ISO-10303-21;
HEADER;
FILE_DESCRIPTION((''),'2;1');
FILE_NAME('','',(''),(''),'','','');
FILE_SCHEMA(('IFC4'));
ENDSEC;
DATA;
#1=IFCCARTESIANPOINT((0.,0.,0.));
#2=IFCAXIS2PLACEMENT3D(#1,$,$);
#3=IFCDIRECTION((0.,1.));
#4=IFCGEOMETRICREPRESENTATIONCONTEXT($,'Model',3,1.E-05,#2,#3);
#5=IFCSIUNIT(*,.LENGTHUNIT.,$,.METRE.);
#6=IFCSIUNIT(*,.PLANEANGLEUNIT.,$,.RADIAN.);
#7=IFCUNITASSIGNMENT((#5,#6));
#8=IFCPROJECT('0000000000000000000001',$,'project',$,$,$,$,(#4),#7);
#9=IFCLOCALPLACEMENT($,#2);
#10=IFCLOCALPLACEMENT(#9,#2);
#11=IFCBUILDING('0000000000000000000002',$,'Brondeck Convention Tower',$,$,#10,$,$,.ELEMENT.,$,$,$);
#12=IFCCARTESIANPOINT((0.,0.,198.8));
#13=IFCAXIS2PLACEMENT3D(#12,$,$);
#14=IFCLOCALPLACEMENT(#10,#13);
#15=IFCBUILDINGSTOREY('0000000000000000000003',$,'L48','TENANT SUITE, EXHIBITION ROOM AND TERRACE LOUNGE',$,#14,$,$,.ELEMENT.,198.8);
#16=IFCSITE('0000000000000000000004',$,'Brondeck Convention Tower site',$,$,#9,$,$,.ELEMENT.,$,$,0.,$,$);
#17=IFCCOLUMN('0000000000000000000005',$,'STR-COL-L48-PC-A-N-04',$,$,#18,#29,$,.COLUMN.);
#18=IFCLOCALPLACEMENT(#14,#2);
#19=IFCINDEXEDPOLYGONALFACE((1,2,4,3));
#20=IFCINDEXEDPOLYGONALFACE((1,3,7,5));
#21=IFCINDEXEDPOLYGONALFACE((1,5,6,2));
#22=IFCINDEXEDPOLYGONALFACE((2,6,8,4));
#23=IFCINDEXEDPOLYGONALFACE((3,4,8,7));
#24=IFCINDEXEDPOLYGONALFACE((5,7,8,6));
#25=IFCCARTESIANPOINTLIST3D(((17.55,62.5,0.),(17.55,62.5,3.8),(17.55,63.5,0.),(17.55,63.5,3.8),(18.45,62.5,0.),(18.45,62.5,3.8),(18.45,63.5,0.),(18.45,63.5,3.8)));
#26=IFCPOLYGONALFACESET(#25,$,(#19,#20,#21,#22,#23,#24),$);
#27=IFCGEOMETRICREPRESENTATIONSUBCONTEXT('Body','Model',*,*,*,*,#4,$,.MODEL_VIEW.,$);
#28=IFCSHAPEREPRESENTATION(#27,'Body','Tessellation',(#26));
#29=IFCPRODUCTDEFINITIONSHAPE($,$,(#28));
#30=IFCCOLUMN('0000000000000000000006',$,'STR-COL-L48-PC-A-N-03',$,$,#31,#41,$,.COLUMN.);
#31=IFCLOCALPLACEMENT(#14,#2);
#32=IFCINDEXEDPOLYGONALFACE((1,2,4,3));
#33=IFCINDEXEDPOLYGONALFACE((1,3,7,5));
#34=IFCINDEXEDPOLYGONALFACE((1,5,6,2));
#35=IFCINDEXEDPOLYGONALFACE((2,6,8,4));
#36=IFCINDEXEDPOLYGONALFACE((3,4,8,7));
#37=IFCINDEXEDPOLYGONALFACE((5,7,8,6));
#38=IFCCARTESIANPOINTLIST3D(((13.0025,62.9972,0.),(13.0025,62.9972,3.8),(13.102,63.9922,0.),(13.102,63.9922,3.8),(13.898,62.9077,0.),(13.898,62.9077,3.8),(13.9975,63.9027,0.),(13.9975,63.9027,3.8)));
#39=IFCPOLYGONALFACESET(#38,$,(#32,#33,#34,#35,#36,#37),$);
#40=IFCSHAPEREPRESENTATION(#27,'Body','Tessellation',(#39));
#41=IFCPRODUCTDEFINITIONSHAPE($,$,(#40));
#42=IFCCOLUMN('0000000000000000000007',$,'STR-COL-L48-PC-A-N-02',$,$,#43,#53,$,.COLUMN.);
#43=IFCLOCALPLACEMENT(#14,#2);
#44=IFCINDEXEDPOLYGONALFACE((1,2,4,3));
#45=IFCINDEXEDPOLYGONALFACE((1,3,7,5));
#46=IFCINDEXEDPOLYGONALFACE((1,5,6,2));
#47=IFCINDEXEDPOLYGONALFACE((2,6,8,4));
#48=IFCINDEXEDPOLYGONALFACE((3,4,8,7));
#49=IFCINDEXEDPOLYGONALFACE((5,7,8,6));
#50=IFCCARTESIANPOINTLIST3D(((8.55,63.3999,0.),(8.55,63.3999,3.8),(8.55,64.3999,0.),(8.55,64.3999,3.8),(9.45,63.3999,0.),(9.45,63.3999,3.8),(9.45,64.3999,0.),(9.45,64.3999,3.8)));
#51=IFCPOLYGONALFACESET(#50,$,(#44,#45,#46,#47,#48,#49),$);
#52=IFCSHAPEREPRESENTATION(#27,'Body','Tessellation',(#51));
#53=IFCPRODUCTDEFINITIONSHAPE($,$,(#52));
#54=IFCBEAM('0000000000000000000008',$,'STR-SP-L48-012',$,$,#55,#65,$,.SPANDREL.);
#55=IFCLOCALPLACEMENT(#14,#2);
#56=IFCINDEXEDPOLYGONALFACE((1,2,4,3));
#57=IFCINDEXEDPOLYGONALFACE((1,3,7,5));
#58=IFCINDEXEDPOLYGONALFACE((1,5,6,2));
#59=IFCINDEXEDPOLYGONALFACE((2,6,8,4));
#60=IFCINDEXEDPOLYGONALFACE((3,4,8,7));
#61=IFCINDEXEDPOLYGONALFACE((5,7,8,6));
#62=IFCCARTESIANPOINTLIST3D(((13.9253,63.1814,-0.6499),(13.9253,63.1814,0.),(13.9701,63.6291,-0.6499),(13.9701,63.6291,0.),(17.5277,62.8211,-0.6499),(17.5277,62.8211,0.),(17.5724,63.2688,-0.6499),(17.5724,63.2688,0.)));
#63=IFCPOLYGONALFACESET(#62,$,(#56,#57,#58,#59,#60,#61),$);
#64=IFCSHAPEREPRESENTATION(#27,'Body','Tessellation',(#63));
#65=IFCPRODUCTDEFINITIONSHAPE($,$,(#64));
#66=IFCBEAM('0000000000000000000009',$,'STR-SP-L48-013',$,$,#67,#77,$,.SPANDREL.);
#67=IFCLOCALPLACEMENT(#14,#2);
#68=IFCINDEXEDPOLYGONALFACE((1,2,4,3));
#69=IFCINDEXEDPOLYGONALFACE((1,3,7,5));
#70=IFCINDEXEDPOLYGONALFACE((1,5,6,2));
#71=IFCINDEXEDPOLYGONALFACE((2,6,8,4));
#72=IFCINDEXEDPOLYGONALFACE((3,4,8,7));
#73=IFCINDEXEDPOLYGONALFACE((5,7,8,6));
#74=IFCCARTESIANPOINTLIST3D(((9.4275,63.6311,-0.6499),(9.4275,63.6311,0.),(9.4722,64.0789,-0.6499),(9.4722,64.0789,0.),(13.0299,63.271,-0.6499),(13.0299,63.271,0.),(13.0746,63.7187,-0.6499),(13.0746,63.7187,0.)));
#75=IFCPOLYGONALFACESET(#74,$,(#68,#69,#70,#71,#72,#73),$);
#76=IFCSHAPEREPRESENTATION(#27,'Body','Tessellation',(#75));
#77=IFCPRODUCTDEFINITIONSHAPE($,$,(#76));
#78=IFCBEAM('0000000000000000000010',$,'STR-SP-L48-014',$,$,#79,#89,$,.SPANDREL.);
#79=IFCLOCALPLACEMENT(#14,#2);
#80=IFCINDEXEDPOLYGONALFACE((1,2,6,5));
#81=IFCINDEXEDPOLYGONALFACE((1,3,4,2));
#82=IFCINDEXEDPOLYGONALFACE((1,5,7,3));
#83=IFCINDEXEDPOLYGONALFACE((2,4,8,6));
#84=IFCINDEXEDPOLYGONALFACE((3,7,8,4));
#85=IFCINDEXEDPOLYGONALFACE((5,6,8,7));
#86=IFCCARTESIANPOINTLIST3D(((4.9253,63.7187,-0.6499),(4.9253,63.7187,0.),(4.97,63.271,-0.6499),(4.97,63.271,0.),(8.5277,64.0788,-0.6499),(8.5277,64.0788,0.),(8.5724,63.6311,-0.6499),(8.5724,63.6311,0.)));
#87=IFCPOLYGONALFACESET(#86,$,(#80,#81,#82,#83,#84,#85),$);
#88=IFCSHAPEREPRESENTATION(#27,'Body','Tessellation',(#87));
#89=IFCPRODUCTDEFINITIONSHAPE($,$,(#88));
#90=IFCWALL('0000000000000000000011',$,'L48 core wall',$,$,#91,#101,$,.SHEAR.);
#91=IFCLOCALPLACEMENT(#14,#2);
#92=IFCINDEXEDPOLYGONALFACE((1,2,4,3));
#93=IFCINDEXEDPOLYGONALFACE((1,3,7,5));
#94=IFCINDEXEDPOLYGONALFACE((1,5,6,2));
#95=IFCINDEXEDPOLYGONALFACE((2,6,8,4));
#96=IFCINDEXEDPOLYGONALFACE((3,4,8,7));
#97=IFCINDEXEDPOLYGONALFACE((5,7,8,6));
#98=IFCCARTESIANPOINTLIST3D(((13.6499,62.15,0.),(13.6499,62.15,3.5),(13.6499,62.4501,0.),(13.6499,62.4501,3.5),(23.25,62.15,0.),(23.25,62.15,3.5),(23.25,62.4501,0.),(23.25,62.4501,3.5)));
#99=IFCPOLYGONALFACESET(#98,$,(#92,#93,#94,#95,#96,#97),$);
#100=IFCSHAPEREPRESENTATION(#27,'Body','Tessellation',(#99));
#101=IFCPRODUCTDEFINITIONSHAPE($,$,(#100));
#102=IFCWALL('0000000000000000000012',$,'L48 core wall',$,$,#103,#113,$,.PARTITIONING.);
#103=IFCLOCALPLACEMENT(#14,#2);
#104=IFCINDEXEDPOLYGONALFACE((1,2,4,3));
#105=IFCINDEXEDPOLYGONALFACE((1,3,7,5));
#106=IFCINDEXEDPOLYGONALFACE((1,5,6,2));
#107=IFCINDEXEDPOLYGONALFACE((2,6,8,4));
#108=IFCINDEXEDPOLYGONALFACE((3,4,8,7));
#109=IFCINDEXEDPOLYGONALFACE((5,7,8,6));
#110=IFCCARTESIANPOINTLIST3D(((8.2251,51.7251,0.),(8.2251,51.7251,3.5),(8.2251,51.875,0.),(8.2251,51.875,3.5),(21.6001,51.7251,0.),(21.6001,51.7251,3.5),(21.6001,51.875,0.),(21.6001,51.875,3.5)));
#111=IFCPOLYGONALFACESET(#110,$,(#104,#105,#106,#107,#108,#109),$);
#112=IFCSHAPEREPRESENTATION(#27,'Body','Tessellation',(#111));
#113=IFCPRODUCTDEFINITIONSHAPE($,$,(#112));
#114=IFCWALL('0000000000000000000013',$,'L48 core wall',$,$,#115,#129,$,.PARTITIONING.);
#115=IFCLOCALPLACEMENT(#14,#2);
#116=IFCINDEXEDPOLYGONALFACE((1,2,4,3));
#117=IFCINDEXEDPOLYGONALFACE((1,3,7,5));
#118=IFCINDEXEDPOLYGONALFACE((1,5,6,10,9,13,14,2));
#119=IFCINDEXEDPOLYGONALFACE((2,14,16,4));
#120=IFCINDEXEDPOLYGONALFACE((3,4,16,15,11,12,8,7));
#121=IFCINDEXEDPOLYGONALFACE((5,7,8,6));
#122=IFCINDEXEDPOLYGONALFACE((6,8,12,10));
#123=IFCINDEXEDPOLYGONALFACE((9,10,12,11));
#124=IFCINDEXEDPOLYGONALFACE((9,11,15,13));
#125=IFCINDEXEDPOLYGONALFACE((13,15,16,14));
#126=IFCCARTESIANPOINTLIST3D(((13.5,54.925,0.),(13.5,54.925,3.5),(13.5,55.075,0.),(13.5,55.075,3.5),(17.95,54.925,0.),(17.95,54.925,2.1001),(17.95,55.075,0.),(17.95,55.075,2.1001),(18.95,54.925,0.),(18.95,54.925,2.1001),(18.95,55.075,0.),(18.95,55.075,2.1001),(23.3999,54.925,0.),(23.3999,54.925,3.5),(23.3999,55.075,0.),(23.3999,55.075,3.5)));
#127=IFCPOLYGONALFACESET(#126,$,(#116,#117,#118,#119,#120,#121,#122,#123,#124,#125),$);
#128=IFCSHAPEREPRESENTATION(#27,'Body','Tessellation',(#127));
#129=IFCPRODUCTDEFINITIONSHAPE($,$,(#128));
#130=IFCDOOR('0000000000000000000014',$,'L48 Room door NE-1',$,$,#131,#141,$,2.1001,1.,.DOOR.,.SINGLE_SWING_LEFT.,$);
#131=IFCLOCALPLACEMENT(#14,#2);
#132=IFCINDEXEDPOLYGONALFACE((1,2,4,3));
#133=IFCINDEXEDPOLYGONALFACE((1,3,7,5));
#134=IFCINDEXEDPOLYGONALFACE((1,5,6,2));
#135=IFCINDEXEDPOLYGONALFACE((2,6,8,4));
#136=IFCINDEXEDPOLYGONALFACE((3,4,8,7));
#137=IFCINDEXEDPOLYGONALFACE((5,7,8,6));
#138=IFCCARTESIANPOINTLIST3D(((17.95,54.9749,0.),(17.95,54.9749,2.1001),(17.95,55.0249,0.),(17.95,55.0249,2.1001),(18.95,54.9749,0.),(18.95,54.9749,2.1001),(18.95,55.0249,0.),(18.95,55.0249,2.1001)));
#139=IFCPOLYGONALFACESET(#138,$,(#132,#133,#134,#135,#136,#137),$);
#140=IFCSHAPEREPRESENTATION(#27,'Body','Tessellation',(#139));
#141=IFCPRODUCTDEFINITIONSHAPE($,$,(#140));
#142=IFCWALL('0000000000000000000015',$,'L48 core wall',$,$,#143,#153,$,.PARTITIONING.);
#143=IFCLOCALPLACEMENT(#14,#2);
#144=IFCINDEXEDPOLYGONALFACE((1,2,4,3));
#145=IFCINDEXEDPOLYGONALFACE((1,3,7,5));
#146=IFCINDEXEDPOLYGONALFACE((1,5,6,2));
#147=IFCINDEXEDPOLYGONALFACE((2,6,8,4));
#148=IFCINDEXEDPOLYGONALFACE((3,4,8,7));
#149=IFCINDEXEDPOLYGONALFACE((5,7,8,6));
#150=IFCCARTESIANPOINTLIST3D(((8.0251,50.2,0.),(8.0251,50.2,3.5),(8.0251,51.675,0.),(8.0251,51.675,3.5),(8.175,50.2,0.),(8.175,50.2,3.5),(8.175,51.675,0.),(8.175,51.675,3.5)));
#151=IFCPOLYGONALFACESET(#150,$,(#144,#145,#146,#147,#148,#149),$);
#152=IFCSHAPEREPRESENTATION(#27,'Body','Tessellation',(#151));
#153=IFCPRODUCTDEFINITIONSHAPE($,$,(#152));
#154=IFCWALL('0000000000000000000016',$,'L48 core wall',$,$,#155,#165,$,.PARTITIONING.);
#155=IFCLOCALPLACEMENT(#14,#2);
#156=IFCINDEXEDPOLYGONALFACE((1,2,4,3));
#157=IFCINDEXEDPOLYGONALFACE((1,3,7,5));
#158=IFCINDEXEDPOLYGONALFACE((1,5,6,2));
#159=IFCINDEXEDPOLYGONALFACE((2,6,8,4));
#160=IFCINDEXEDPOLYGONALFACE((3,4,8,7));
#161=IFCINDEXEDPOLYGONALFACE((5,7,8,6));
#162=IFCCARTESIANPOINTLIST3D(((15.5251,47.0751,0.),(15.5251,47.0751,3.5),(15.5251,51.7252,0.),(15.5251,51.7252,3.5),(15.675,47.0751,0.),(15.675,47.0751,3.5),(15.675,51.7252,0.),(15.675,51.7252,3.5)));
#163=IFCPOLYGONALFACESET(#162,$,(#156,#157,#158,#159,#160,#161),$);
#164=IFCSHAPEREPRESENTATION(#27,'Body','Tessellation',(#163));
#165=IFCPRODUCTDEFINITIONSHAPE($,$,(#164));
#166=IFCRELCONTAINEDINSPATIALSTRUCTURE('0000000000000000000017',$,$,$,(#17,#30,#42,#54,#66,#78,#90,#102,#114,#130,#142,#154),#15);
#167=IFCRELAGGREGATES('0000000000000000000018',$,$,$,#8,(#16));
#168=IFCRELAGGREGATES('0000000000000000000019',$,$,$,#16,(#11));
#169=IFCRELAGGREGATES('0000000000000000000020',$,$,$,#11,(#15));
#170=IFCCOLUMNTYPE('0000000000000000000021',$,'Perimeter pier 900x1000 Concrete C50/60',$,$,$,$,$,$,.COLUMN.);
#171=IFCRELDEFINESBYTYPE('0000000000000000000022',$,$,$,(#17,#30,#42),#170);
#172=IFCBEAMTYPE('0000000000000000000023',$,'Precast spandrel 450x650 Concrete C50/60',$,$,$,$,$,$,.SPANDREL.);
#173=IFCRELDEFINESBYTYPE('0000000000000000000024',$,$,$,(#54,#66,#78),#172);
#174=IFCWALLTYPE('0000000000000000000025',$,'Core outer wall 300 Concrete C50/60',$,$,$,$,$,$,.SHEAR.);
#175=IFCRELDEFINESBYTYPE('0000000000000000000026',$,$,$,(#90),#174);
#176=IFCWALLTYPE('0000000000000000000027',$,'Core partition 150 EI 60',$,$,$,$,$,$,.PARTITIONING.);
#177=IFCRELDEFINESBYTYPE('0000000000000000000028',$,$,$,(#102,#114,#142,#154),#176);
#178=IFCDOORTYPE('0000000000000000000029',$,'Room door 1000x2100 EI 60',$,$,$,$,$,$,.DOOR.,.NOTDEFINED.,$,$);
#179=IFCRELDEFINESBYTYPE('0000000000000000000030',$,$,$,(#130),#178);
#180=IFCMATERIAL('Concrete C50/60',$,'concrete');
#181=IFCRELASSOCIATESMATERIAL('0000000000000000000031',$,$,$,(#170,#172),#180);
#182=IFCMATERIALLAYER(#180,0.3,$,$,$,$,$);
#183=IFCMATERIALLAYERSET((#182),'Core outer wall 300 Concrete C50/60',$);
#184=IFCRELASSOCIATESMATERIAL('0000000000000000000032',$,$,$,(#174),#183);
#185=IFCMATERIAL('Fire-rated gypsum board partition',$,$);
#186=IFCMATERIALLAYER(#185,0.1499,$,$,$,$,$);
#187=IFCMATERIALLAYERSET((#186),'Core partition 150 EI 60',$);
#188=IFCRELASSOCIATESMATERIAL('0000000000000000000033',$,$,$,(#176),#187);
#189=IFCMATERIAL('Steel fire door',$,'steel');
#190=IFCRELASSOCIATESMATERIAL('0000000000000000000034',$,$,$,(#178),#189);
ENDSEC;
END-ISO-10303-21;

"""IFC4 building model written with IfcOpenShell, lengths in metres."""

from ifc_helpers import new_model, si_unit, direction, frame, frame_2d, origin, origin_2d, place, context, subcontext, project, spatial, rectangle, extrude, material, layer, layer_set, material_profile, profile_set, type_object, element, fill, save


model = new_model("IFC4")

# Units and contexts
model_context = context("Model", 3, precision=1e-05, world=origin(), true_north=direction((0.0, 1.0)))
body_context = subcontext(model_context, "Body", "Model", "MODEL_VIEW")
ifc_project = project(units=[si_unit("LENGTHUNIT", "METRE"), si_unit("PLANEANGLEUNIT", "RADIAN")], contexts=[model_context])

# Site, building, storey
site_placement = place(None, origin())
site = spatial("IfcSite", under=ifc_project, at=site_placement, Name="Brondeck Convention Tower site", CompositionType="ELEMENT", RefElevation=0.0)
building_placement = place(site_placement, origin())
building = spatial("IfcBuilding", under=site, at=building_placement, Name="Brondeck Convention Tower", CompositionType="ELEMENT")
storey_placement = place(building_placement, frame((0.0, 0.0, 198.8)))
storey = spatial("IfcBuildingStorey", under=building, at=storey_placement, Name="L48", Description="TENANT SUITE, EXHIBITION ROOM AND TERRACE LOUNGE", CompositionType="ELEMENT", Elevation=198.8)

# Columns
ifc_material_1 = material(Name="Concrete C50/60", Category="concrete")
ifc_material_profile_1 = material_profile(ifc_material_1, rectangle(XDim=0.8999, YDim=1.0, at=origin_2d()), Name="Perimeter pier 900x1000 Concrete C50/60")
ifc_profile_set_1 = profile_set([ifc_material_profile_1], Name="Concrete C50/60")
column_type = type_object("IfcColumnType", Name="Perimeter pier 900x1000 Concrete C50/60", PredefinedType="COLUMN", material=ifc_profile_set_1)
for number, where, z_axis, x_axis, name in (
    (1, (18.0, 63.0, 0.0), (0.0, 0.0, 1.0), (-1.0, 0.0, 0.0), "STR-COL-L48-PC-A-N-04"),
    (2, (13.5, 63.45, 0.0), (0.0, 0.0, 1.0), (-0.995037, 0.099504, 0.0), "STR-COL-L48-PC-A-N-03"),
    (3, (9.0, 63.8999, 0.0), (0.0, 0.0, 1.0), (-1.0, 0.0, 0.0), "STR-COL-L48-PC-A-N-02"),
):
    element("IfcColumn", number, at=place(storey_placement, frame(where, z_axis=z_axis, x_axis=x_axis)), inside=storey, type_object=column_type, Name=name, PredefinedType="COLUMN", context=body_context, shape_type="SweptSolid", body=[
        extrude(rectangle(XDim=0.8999, YDim=1.0, at=origin_2d()), origin(), (0.0, 0.0, 1.0), 3.8),
    ])

# Beams
ifc_material_profile_2 = material_profile(ifc_material_1, rectangle(XDim=0.45, YDim=0.6499, at=origin_2d()), Name="Precast spandrel 450x650 Concrete C50/60")
ifc_profile_set_2 = profile_set([ifc_material_profile_2], Name="Concrete C50/60")
beam_type = type_object("IfcBeamType", Name="Precast spandrel 450x650 Concrete C50/60", PredefinedType="SPANDREL", material=ifc_profile_set_2)
for number, where, z_axis, x_axis, name in (
    (4, (17.55, 63.0449, -0.325), (-0.995034, 0.099537, 0.0), (-0.099537, -0.995034, 0.0), "STR-SP-L48-012"),
    (5, (13.0522, 63.4949, -0.325), (-0.995041, 0.09947, 0.0), (-0.09947, -0.995041, 0.0), "STR-SP-L48-013"),
    (6, (8.55, 63.855, -0.325), (-0.995041, -0.09947, 0.0), (0.09947, -0.995041, 0.0), "STR-SP-L48-014"),
):
    element("IfcBeam", number, at=place(storey_placement, frame(where, z_axis=z_axis, x_axis=x_axis)), inside=storey, type_object=beam_type, Name=name, PredefinedType="SPANDREL", context=body_context, shape_type="SweptSolid", body=[
        extrude(rectangle(XDim=0.45, YDim=0.6499, at=origin_2d()), origin(), (0.0, 0.0, 1.0), 3.6204),
    ])

# Walls
ifc_layer_1 = layer(ifc_material_1, 0.3)
ifc_layer_set_1 = layer_set([ifc_layer_1], Name="Core outer wall 300 Concrete C50/60")
wall_type_1 = type_object("IfcWallType", Name="Core outer wall 300 Concrete C50/60", PredefinedType="SHEAR", material=ifc_layer_set_1)
wall_1_placement = place(storey_placement, frame((13.6499, 62.3, 0.0), z_axis=(0.0, 0.0, 1.0), x_axis=(1.0, 0.0, 0.0)))
element("IfcWall", 7, at=wall_1_placement, inside=storey, type_object=wall_type_1, Name="L48 core wall", PredefinedType="SHEAR", context=body_context, shape_type="SweptSolid", body=[
    extrude(rectangle(XDim=9.6001, YDim=0.3, at=frame_2d((4.8, 0.0))), origin(), (0.0, 0.0, 1.0), 3.5),
])
ifc_material_2 = material(Name="Fire-rated gypsum board partition")
ifc_layer_2 = layer(ifc_material_2, 0.1499)
ifc_layer_set_2 = layer_set([ifc_layer_2], Name="Core partition 150 EI 60")
wall_type_2 = type_object("IfcWallType", Name="Core partition 150 EI 60", PredefinedType="PARTITIONING", material=ifc_layer_set_2)
wall_2_placement = place(storey_placement, frame((8.2251, 51.8, 0.0), z_axis=(0.0, 0.0, 1.0), x_axis=(1.0, 0.0, 0.0)))
element("IfcWall", 8, at=wall_2_placement, inside=storey, type_object=wall_type_2, Name="L48 core wall", PredefinedType="PARTITIONING", context=body_context, shape_type="SweptSolid", body=[
    extrude(rectangle(XDim=13.375, YDim=0.1499, at=frame_2d((6.6875, 0.0))), origin(), (0.0, 0.0, 1.0), 3.5),
])

# Wall, opening, door
wall_3_placement = place(storey_placement, frame((13.5, 55.0, 0.0), z_axis=(0.0, 0.0, 1.0), x_axis=(1.0, 0.0, 0.0)))
wall_3 = element("IfcWall", 9, at=wall_3_placement, inside=storey, type_object=wall_type_2, Name="L48 core wall", PredefinedType="PARTITIONING", context=body_context, shape_type="SweptSolid", body=[
    extrude(rectangle(XDim=9.8999, YDim=0.1499, at=frame_2d((4.95, 0.0))), origin(), (0.0, 0.0, 1.0), 3.5),
])
opening_1_placement = place(wall_3_placement, frame((4.45, 0.0, 0.0)))
opening_1 = element("IfcOpeningElement", 10, at=opening_1_placement, cuts=wall_3, PredefinedType="OPENING", context=body_context, shape_type="SweptSolid", body=[
    extrude(rectangle(XDim=1.0, YDim=2.1001, at=frame_2d((0.5, 1.05))), frame((0.0, 0.085, 0.0), z_axis=(0.0, -1.0, 0.0), x_axis=(1.0, 0.0, 0.0)), (0.0, 0.0, 1.0), 0.1699),
])
ifc_material_3 = material(Name="Steel fire door", Category="steel")
door_type_1 = type_object("IfcDoorType", Name="Room door 1000x2100 EI 60", OperationType="NOTDEFINED", PredefinedType="DOOR", material=ifc_material_3)
door_1_placement = place(opening_1_placement, origin())
door_1 = element("IfcDoor", 11, at=door_1_placement, inside=storey, type_object=door_type_1, Name="L48 Room door NE-1", OperationType="SINGLE_SWING_LEFT", OverallHeight=2.1001, OverallWidth=1.0, PredefinedType="DOOR", context=body_context, shape_type="SweptSolid", body=[
    extrude(rectangle(XDim=1.0, YDim=2.1001, at=frame_2d((0.5, 1.05))), frame((0.0, 0.0249, 0.0), z_axis=(0.0, -1.0, 0.0), x_axis=(1.0, 0.0, 0.0)), (0.0, 0.0, 1.0), 0.05),
])
fill(opening_1, door_1)

# Walls
wall_4_placement = place(storey_placement, frame((8.1001, 50.2, 0.0), z_axis=(0.0, 0.0, 1.0), x_axis=(0.0, 1.0, 0.0)))
element("IfcWall", 12, at=wall_4_placement, inside=storey, type_object=wall_type_2, Name="L48 core wall", PredefinedType="PARTITIONING", context=body_context, shape_type="SweptSolid", body=[
    extrude(rectangle(XDim=1.4751, YDim=0.1499, at=frame_2d((0.7375, 0.0))), origin(), (0.0, 0.0, 1.0), 3.5),
])
wall_5_placement = place(storey_placement, frame((15.6001, 47.075, 0.0), z_axis=(0.0, 0.0, 1.0), x_axis=(0.0, 1.0, 0.0)))
element("IfcWall", 13, at=wall_5_placement, inside=storey, type_object=wall_type_2, Name="L48 core wall", PredefinedType="PARTITIONING", context=body_context, shape_type="SweptSolid", body=[
    extrude(rectangle(XDim=4.6501, YDim=0.1499, at=frame_2d((2.3252, 0.0))), origin(), (0.0, 0.0, 1.0), 3.5),
])

save(model, "model.ifc")
